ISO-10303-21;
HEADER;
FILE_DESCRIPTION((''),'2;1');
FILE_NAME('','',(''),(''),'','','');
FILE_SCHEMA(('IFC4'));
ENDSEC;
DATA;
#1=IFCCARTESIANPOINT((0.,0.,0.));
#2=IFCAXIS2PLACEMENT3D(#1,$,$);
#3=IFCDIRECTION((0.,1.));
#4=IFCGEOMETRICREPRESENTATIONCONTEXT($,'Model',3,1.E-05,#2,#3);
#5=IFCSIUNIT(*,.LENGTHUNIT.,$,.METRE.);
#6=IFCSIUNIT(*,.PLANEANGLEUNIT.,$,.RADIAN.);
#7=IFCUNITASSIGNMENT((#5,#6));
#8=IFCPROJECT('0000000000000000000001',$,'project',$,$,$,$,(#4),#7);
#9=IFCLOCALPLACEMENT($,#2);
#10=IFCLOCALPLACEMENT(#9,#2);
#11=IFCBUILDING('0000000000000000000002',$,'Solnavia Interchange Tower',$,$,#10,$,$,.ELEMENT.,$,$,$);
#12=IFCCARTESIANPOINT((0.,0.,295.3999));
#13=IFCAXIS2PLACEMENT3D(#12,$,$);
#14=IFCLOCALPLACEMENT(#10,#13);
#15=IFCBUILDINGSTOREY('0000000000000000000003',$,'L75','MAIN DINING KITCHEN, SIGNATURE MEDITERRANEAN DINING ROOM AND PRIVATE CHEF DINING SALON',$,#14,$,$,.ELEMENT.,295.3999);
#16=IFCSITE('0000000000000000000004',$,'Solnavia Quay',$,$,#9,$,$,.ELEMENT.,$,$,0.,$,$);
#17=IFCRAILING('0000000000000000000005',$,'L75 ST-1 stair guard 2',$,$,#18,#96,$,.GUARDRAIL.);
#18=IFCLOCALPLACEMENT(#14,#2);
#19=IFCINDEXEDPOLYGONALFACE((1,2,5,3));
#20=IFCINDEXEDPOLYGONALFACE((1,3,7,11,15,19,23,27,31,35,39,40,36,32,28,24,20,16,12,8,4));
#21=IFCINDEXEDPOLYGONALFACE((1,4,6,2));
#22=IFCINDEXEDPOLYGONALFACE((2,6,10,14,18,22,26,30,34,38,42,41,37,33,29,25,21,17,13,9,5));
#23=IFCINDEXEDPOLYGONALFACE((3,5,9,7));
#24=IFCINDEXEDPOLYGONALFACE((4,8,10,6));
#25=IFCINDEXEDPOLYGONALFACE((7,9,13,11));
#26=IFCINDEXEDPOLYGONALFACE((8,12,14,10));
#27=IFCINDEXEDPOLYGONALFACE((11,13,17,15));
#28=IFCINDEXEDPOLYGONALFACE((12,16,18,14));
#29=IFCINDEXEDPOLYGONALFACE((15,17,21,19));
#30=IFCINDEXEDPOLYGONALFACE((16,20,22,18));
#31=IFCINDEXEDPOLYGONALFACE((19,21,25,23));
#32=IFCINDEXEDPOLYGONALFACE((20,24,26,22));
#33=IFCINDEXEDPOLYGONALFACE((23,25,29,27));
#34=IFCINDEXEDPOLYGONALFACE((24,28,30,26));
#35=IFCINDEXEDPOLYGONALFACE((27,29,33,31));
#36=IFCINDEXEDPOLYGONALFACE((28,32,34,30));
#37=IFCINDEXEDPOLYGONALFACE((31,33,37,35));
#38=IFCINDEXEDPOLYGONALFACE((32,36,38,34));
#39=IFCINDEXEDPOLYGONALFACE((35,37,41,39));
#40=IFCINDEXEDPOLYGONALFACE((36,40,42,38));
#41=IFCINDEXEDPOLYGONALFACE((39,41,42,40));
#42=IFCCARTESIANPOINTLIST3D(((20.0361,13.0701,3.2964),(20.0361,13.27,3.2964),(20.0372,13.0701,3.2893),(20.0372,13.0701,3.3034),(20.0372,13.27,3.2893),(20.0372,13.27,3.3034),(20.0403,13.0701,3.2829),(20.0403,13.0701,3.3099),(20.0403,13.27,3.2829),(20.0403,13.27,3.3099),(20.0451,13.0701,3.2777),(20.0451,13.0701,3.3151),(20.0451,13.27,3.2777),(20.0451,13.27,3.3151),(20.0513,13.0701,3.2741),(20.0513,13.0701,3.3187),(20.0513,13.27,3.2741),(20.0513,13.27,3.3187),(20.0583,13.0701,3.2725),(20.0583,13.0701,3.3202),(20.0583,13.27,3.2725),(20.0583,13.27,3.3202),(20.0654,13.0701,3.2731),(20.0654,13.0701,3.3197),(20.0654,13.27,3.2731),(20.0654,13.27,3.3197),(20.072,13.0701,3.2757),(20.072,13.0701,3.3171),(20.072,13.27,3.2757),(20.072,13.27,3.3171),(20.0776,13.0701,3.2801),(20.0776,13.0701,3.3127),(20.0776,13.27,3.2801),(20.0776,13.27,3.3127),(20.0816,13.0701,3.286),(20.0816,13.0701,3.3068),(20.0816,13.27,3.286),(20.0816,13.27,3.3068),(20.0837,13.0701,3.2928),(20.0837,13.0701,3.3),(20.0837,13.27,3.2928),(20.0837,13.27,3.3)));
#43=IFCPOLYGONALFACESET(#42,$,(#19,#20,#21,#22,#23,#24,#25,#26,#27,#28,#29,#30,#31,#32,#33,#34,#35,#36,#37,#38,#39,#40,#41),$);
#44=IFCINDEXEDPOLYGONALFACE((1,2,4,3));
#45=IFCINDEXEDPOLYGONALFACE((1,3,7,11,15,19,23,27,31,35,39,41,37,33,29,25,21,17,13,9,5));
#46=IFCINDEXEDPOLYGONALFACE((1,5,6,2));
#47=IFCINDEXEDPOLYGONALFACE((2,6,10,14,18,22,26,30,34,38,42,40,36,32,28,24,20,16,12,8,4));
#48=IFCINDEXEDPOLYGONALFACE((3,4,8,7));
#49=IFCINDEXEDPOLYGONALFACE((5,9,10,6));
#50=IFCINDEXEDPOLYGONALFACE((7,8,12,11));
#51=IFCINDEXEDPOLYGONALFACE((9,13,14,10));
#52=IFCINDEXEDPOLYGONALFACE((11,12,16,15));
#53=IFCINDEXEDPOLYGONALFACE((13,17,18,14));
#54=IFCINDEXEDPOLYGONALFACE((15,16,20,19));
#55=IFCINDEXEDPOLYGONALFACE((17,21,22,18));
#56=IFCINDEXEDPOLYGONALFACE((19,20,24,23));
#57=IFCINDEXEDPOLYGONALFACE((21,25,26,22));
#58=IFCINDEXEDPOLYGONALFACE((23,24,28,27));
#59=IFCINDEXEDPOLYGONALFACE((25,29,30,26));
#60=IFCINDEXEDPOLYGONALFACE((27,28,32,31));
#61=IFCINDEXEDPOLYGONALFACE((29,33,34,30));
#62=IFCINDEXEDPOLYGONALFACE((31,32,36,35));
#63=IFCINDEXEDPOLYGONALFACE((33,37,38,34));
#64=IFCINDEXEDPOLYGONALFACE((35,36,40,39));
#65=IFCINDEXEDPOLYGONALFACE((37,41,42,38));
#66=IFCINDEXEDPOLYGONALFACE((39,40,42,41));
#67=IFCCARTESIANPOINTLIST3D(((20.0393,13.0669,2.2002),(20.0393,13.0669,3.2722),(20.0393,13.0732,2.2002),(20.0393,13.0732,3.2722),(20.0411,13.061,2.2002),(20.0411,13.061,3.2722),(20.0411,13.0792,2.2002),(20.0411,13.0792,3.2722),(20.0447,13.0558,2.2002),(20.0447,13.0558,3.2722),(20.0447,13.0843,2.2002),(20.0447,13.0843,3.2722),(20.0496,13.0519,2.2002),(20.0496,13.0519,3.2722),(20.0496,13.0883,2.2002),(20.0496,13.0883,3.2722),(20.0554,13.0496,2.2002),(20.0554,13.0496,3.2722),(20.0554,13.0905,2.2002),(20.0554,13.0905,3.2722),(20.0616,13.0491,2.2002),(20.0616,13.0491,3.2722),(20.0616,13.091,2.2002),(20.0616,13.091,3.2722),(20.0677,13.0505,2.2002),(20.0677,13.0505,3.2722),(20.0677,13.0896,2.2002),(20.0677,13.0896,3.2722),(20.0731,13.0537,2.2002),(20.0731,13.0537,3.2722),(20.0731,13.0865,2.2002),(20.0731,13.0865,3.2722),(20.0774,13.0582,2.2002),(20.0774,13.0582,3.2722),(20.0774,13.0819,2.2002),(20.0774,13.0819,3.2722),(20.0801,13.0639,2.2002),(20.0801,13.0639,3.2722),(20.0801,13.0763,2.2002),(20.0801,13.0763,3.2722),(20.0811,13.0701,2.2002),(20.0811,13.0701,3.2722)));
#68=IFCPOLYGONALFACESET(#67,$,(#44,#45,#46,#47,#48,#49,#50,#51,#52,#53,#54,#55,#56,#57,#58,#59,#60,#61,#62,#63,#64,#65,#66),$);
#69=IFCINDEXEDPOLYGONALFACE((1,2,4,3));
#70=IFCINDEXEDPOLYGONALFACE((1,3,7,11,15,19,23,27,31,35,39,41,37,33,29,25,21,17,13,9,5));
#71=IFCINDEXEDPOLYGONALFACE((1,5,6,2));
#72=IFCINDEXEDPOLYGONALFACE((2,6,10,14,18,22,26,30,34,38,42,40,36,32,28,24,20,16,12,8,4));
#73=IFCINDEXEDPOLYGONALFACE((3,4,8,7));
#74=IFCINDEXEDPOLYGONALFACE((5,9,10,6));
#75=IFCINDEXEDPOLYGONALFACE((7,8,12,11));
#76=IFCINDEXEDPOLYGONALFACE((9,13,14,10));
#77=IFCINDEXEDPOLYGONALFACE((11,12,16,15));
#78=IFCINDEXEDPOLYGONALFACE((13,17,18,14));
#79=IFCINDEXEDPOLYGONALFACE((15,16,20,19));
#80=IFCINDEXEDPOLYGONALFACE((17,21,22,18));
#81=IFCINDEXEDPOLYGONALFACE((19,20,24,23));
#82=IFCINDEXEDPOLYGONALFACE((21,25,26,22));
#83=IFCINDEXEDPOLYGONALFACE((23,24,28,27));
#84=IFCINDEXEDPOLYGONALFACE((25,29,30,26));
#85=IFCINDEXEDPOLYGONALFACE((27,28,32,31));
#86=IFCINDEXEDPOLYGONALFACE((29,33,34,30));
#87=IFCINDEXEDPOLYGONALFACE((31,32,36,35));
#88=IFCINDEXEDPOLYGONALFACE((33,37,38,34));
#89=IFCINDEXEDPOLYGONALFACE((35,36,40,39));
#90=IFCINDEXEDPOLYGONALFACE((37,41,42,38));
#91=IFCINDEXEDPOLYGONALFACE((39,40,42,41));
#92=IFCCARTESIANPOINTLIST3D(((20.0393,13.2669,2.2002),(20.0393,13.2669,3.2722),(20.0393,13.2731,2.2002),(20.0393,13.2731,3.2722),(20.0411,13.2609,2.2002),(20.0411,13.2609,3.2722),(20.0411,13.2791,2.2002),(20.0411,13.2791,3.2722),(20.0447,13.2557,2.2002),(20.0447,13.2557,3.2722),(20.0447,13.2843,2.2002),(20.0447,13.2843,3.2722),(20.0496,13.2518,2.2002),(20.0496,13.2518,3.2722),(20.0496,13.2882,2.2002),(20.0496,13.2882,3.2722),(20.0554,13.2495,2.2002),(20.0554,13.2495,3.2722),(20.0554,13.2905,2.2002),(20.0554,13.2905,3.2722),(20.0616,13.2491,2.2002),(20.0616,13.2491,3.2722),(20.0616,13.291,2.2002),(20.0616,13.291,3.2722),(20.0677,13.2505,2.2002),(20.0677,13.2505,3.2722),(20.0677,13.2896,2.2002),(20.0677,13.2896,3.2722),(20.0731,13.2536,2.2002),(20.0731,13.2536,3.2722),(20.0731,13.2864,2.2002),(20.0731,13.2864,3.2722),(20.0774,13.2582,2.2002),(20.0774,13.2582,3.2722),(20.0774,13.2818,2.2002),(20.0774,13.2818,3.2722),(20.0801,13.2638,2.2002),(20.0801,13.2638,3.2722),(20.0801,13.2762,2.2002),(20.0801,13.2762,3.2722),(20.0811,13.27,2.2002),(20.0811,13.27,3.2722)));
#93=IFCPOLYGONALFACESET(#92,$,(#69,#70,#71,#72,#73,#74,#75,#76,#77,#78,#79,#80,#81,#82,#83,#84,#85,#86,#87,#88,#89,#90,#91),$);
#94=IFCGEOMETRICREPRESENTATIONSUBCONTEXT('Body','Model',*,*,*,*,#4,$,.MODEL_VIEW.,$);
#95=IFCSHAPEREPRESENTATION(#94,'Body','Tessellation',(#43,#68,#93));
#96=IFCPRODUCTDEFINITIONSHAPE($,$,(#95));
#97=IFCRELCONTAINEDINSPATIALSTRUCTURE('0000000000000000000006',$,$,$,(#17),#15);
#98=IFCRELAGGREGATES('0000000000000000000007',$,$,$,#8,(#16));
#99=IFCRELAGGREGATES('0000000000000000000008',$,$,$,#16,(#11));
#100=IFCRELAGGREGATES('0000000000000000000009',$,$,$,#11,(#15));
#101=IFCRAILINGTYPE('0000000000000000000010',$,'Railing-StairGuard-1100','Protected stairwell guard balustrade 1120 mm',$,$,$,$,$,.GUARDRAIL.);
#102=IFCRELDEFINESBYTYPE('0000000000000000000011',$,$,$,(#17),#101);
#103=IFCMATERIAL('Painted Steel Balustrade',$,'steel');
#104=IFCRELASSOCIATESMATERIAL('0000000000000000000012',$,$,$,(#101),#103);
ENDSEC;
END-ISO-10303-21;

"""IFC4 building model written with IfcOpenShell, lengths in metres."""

from ifc_helpers import new_model, si_unit, direction, frame, origin, origin_2d, place, context, subcontext, project, spatial, circle, extrude, material, type_object, element, save


model = new_model("IFC4")

# Units and contexts
model_context = context("Model", 3, precision=1e-05, world=origin(), true_north=direction((0.0, 1.0)))
body_context = subcontext(model_context, "Body", "Model", "MODEL_VIEW")
ifc_project = project(units=[si_unit("LENGTHUNIT", "METRE"), si_unit("PLANEANGLEUNIT", "RADIAN")], contexts=[model_context])

# Site, building, storey
site_placement = place(None, origin())
site = spatial("IfcSite", under=ifc_project, at=site_placement, Name="Solnavia Quay", CompositionType="ELEMENT", RefElevation=0.0)
building_placement = place(site_placement, origin())
building = spatial("IfcBuilding", under=site, at=building_placement, Name="Solnavia Interchange Tower", CompositionType="ELEMENT")
storey_placement = place(building_placement, frame((0.0, 0.0, 295.3999)))
storey = spatial("IfcBuildingStorey", under=building, at=storey_placement, Name="L75", Description="MAIN DINING KITCHEN, SIGNATURE MEDITERRANEAN DINING ROOM AND PRIVATE CHEF DINING SALON", CompositionType="ELEMENT", Elevation=295.3999)

# Railing
ifc_material_1 = material(Name="Painted Steel Balustrade", Category="steel")
railing_type_1 = type_object("IfcRailingType", Name="Railing-StairGuard-1100", Description="Protected stairwell guard balustrade 1120 mm", PredefinedType="GUARDRAIL", material=ifc_material_1)
railing_1_placement = place(storey_placement, frame((20.0601, 13.0701, 2.2002)))
element("IfcRailing", 1, at=railing_1_placement, inside=storey, type_object=railing_type_1, Name="L75 ST-1 stair guard 2", PredefinedType="GUARDRAIL", context=body_context, shape_type="SweptSolid", body=[
    extrude(circle(Radius=0.0239, at=origin_2d()), frame((0.0, 0.0, 1.0962), z_axis=(0.0, 1.0, 0.0), x_axis=(-1.0, 0.0, 0.0)), (0.0, 0.0, 1.0), 0.2),
    extrude(circle(Radius=0.021, at=origin_2d()), origin(), (0.0, 0.0, 1.0), 1.072),
    extrude(circle(Radius=0.021, at=origin_2d()), frame((0.0, 0.2, 0.0)), (0.0, 0.0, 1.0), 1.072),
])

save(model, "model.ifc")
